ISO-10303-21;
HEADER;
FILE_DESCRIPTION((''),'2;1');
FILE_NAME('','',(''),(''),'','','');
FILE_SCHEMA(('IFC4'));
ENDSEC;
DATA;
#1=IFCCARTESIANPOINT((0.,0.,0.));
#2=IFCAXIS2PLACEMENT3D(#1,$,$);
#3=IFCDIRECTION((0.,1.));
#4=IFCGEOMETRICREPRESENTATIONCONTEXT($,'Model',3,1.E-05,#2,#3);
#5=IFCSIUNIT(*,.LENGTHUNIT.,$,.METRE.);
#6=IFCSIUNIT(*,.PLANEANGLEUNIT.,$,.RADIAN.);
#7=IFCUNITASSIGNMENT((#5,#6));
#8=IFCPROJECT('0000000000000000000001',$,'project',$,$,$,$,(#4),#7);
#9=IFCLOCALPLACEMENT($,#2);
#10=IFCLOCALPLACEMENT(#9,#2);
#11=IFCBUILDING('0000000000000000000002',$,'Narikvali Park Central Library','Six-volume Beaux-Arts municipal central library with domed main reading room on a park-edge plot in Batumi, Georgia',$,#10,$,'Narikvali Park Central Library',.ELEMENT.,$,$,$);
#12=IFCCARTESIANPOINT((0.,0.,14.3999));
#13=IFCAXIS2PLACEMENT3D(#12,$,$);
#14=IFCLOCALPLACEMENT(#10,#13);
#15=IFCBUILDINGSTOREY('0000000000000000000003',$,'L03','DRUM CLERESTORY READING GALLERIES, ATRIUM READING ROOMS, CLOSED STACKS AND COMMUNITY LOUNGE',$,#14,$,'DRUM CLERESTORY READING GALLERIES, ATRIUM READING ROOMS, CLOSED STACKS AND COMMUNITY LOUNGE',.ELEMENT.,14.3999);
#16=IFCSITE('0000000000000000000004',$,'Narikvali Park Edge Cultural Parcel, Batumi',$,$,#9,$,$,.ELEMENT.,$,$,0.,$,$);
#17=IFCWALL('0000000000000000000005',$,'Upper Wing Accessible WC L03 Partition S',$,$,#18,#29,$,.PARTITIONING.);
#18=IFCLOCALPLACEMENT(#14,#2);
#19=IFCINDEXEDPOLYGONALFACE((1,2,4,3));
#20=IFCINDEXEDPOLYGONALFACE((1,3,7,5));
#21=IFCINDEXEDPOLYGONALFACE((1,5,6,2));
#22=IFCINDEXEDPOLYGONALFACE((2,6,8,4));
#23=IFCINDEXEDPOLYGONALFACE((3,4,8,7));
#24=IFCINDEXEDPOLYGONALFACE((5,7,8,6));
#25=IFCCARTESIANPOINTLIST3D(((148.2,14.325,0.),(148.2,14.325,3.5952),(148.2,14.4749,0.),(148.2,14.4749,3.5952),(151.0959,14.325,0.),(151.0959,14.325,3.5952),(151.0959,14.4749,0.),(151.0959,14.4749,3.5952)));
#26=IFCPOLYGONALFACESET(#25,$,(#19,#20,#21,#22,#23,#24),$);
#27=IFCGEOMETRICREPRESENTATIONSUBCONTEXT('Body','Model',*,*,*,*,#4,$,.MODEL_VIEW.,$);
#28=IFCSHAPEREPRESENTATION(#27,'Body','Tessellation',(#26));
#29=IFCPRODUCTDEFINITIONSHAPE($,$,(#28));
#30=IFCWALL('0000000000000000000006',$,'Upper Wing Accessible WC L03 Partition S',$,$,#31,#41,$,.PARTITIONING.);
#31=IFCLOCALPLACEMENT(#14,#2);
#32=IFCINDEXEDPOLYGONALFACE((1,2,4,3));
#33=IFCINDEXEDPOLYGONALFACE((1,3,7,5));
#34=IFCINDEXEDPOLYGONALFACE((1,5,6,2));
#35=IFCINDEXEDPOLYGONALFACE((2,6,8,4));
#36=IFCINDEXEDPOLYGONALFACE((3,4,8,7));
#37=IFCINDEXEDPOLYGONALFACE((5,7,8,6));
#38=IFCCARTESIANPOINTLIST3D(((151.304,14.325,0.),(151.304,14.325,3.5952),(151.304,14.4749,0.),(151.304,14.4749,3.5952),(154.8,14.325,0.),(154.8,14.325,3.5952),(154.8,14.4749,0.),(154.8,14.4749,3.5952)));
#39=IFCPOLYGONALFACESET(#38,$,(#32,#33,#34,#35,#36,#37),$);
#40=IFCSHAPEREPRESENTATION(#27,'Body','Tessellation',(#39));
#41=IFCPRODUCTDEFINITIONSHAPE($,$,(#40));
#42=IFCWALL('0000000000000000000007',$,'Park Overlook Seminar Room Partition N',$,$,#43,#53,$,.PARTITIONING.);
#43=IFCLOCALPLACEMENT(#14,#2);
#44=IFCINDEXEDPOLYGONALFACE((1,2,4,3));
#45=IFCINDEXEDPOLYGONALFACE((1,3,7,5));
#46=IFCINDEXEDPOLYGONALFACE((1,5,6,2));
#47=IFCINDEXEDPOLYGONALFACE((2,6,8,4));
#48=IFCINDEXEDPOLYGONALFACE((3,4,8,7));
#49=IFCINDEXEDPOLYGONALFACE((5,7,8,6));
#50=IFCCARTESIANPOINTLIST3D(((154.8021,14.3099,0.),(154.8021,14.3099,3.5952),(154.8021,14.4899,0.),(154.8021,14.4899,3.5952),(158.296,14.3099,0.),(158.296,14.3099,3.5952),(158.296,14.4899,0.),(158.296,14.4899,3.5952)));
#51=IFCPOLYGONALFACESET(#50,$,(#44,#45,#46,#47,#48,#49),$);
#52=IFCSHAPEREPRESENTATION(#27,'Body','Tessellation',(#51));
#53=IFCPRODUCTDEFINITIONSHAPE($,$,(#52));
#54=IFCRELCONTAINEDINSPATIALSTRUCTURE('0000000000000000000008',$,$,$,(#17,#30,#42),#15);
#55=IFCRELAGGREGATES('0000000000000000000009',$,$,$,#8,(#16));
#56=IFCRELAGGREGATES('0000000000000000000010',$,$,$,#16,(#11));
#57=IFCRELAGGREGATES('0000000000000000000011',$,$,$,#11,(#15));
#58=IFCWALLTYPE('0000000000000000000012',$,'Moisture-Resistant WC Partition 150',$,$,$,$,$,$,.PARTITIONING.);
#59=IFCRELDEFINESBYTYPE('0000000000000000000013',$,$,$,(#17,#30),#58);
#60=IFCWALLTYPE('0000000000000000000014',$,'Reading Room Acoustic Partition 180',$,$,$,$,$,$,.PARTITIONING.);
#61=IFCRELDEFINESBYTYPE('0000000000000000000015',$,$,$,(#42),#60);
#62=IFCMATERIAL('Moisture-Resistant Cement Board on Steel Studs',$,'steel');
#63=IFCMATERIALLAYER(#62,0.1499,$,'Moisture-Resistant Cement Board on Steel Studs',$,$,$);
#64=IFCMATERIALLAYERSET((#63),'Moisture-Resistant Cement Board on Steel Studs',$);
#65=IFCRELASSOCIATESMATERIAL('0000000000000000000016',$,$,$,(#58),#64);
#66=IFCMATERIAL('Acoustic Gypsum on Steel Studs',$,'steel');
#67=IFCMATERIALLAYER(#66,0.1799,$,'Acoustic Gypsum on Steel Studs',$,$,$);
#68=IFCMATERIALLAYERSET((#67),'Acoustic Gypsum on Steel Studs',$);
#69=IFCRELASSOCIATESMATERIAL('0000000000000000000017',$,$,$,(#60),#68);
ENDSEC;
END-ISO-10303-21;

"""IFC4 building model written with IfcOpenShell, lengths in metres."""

from ifc_helpers import new_model, si_unit, direction, frame, frame_2d, origin, place, context, subcontext, project, spatial, rectangle, extrude, material, layer, layer_set, type_object, element, save


model = new_model("IFC4")

# Units and contexts
model_context = context("Model", 3, precision=1e-05, world=origin(), true_north=direction((0.0, 1.0)))
body_context = subcontext(model_context, "Body", "Model", "MODEL_VIEW")
ifc_project = project(units=[si_unit("LENGTHUNIT", "METRE"), si_unit("PLANEANGLEUNIT", "RADIAN")], contexts=[model_context])

# Site, building, storey
site_placement = place(None, origin())
site = spatial("IfcSite", under=ifc_project, at=site_placement, Name="Narikvali Park Edge Cultural Parcel, Batumi", CompositionType="ELEMENT", RefElevation=0.0)
building_placement = place(site_placement, origin())
building = spatial("IfcBuilding", under=site, at=building_placement, Name="Narikvali Park Central Library", Description="Six-volume Beaux-Arts municipal central library with domed main reading room on a park-edge plot in Batumi, Georgia", LongName="Narikvali Park Central Library", CompositionType="ELEMENT")
storey_placement = place(building_placement, frame((0.0, 0.0, 14.3999)))
storey = spatial("IfcBuildingStorey", under=building, at=storey_placement, Name="L03", Description="DRUM CLERESTORY READING GALLERIES, ATRIUM READING ROOMS, CLOSED STACKS AND COMMUNITY LOUNGE", LongName="DRUM CLERESTORY READING GALLERIES, ATRIUM READING ROOMS, CLOSED STACKS AND COMMUNITY LOUNGE", CompositionType="ELEMENT", Elevation=14.3999)

# Walls
ifc_material_1 = material(Name="Moisture-Resistant Cement Board on Steel Studs", Category="steel")
ifc_layer_1 = layer(ifc_material_1, 0.1499, Name="Moisture-Resistant Cement Board on Steel Studs")
ifc_layer_set_1 = layer_set([ifc_layer_1], Name="Moisture-Resistant Cement Board on Steel Studs")
wall_type_1 = type_object("IfcWallType", Name="Moisture-Resistant WC Partition 150", PredefinedType="PARTITIONING", material=ifc_layer_set_1)
wall_1_placement = place(storey_placement, frame((148.2, 14.3999, 0.0), z_axis=(0.0, 0.0, 1.0), x_axis=(1.0, 0.0, 0.0)))
element("IfcWall", 1, at=wall_1_placement, inside=storey, type_object=wall_type_1, Name="Upper Wing Accessible WC L03 Partition S", PredefinedType="PARTITIONING", context=body_context, shape_type="SweptSolid", body=[
    extrude(rectangle(XDim=2.896, YDim=0.1499, at=frame_2d((1.448, 0.0))), origin(), (0.0, 0.0, 1.0), 3.5952),
])
wall_2_placement = place(storey_placement, frame((151.304, 14.3999, 0.0), z_axis=(0.0, 0.0, 1.0), x_axis=(1.0, 0.0, 0.0)))
element("IfcWall", 2, at=wall_2_placement, inside=storey, type_object=wall_type_1, Name="Upper Wing Accessible WC L03 Partition S", PredefinedType="PARTITIONING", context=body_context, shape_type="SweptSolid", body=[
    extrude(rectangle(XDim=3.4961, YDim=0.1499, at=frame_2d((1.748, 0.0))), origin(), (0.0, 0.0, 1.0), 3.5952),
])
ifc_material_2 = material(Name="Acoustic Gypsum on Steel Studs", Category="steel")
ifc_layer_2 = layer(ifc_material_2, 0.1799, Name="Acoustic Gypsum on Steel Studs")
ifc_layer_set_2 = layer_set([ifc_layer_2], Name="Acoustic Gypsum on Steel Studs")
wall_type_2 = type_object("IfcWallType", Name="Reading Room Acoustic Partition 180", PredefinedType="PARTITIONING", material=ifc_layer_set_2)
wall_3_placement = place(storey_placement, frame((154.802, 14.3999, 0.0), z_axis=(0.0, 0.0, 1.0), x_axis=(1.0, 0.0, 0.0)))
element("IfcWall", 3, at=wall_3_placement, inside=storey, type_object=wall_type_2, Name="Park Overlook Seminar Room Partition N", PredefinedType="PARTITIONING", context=body_context, shape_type="SweptSolid", body=[
    extrude(rectangle(XDim=3.4939, YDim=0.1799, at=frame_2d((1.7471, 0.0))), origin(), (0.0, 0.0, 1.0), 3.5952),
])

save(model, "model.ifc")
